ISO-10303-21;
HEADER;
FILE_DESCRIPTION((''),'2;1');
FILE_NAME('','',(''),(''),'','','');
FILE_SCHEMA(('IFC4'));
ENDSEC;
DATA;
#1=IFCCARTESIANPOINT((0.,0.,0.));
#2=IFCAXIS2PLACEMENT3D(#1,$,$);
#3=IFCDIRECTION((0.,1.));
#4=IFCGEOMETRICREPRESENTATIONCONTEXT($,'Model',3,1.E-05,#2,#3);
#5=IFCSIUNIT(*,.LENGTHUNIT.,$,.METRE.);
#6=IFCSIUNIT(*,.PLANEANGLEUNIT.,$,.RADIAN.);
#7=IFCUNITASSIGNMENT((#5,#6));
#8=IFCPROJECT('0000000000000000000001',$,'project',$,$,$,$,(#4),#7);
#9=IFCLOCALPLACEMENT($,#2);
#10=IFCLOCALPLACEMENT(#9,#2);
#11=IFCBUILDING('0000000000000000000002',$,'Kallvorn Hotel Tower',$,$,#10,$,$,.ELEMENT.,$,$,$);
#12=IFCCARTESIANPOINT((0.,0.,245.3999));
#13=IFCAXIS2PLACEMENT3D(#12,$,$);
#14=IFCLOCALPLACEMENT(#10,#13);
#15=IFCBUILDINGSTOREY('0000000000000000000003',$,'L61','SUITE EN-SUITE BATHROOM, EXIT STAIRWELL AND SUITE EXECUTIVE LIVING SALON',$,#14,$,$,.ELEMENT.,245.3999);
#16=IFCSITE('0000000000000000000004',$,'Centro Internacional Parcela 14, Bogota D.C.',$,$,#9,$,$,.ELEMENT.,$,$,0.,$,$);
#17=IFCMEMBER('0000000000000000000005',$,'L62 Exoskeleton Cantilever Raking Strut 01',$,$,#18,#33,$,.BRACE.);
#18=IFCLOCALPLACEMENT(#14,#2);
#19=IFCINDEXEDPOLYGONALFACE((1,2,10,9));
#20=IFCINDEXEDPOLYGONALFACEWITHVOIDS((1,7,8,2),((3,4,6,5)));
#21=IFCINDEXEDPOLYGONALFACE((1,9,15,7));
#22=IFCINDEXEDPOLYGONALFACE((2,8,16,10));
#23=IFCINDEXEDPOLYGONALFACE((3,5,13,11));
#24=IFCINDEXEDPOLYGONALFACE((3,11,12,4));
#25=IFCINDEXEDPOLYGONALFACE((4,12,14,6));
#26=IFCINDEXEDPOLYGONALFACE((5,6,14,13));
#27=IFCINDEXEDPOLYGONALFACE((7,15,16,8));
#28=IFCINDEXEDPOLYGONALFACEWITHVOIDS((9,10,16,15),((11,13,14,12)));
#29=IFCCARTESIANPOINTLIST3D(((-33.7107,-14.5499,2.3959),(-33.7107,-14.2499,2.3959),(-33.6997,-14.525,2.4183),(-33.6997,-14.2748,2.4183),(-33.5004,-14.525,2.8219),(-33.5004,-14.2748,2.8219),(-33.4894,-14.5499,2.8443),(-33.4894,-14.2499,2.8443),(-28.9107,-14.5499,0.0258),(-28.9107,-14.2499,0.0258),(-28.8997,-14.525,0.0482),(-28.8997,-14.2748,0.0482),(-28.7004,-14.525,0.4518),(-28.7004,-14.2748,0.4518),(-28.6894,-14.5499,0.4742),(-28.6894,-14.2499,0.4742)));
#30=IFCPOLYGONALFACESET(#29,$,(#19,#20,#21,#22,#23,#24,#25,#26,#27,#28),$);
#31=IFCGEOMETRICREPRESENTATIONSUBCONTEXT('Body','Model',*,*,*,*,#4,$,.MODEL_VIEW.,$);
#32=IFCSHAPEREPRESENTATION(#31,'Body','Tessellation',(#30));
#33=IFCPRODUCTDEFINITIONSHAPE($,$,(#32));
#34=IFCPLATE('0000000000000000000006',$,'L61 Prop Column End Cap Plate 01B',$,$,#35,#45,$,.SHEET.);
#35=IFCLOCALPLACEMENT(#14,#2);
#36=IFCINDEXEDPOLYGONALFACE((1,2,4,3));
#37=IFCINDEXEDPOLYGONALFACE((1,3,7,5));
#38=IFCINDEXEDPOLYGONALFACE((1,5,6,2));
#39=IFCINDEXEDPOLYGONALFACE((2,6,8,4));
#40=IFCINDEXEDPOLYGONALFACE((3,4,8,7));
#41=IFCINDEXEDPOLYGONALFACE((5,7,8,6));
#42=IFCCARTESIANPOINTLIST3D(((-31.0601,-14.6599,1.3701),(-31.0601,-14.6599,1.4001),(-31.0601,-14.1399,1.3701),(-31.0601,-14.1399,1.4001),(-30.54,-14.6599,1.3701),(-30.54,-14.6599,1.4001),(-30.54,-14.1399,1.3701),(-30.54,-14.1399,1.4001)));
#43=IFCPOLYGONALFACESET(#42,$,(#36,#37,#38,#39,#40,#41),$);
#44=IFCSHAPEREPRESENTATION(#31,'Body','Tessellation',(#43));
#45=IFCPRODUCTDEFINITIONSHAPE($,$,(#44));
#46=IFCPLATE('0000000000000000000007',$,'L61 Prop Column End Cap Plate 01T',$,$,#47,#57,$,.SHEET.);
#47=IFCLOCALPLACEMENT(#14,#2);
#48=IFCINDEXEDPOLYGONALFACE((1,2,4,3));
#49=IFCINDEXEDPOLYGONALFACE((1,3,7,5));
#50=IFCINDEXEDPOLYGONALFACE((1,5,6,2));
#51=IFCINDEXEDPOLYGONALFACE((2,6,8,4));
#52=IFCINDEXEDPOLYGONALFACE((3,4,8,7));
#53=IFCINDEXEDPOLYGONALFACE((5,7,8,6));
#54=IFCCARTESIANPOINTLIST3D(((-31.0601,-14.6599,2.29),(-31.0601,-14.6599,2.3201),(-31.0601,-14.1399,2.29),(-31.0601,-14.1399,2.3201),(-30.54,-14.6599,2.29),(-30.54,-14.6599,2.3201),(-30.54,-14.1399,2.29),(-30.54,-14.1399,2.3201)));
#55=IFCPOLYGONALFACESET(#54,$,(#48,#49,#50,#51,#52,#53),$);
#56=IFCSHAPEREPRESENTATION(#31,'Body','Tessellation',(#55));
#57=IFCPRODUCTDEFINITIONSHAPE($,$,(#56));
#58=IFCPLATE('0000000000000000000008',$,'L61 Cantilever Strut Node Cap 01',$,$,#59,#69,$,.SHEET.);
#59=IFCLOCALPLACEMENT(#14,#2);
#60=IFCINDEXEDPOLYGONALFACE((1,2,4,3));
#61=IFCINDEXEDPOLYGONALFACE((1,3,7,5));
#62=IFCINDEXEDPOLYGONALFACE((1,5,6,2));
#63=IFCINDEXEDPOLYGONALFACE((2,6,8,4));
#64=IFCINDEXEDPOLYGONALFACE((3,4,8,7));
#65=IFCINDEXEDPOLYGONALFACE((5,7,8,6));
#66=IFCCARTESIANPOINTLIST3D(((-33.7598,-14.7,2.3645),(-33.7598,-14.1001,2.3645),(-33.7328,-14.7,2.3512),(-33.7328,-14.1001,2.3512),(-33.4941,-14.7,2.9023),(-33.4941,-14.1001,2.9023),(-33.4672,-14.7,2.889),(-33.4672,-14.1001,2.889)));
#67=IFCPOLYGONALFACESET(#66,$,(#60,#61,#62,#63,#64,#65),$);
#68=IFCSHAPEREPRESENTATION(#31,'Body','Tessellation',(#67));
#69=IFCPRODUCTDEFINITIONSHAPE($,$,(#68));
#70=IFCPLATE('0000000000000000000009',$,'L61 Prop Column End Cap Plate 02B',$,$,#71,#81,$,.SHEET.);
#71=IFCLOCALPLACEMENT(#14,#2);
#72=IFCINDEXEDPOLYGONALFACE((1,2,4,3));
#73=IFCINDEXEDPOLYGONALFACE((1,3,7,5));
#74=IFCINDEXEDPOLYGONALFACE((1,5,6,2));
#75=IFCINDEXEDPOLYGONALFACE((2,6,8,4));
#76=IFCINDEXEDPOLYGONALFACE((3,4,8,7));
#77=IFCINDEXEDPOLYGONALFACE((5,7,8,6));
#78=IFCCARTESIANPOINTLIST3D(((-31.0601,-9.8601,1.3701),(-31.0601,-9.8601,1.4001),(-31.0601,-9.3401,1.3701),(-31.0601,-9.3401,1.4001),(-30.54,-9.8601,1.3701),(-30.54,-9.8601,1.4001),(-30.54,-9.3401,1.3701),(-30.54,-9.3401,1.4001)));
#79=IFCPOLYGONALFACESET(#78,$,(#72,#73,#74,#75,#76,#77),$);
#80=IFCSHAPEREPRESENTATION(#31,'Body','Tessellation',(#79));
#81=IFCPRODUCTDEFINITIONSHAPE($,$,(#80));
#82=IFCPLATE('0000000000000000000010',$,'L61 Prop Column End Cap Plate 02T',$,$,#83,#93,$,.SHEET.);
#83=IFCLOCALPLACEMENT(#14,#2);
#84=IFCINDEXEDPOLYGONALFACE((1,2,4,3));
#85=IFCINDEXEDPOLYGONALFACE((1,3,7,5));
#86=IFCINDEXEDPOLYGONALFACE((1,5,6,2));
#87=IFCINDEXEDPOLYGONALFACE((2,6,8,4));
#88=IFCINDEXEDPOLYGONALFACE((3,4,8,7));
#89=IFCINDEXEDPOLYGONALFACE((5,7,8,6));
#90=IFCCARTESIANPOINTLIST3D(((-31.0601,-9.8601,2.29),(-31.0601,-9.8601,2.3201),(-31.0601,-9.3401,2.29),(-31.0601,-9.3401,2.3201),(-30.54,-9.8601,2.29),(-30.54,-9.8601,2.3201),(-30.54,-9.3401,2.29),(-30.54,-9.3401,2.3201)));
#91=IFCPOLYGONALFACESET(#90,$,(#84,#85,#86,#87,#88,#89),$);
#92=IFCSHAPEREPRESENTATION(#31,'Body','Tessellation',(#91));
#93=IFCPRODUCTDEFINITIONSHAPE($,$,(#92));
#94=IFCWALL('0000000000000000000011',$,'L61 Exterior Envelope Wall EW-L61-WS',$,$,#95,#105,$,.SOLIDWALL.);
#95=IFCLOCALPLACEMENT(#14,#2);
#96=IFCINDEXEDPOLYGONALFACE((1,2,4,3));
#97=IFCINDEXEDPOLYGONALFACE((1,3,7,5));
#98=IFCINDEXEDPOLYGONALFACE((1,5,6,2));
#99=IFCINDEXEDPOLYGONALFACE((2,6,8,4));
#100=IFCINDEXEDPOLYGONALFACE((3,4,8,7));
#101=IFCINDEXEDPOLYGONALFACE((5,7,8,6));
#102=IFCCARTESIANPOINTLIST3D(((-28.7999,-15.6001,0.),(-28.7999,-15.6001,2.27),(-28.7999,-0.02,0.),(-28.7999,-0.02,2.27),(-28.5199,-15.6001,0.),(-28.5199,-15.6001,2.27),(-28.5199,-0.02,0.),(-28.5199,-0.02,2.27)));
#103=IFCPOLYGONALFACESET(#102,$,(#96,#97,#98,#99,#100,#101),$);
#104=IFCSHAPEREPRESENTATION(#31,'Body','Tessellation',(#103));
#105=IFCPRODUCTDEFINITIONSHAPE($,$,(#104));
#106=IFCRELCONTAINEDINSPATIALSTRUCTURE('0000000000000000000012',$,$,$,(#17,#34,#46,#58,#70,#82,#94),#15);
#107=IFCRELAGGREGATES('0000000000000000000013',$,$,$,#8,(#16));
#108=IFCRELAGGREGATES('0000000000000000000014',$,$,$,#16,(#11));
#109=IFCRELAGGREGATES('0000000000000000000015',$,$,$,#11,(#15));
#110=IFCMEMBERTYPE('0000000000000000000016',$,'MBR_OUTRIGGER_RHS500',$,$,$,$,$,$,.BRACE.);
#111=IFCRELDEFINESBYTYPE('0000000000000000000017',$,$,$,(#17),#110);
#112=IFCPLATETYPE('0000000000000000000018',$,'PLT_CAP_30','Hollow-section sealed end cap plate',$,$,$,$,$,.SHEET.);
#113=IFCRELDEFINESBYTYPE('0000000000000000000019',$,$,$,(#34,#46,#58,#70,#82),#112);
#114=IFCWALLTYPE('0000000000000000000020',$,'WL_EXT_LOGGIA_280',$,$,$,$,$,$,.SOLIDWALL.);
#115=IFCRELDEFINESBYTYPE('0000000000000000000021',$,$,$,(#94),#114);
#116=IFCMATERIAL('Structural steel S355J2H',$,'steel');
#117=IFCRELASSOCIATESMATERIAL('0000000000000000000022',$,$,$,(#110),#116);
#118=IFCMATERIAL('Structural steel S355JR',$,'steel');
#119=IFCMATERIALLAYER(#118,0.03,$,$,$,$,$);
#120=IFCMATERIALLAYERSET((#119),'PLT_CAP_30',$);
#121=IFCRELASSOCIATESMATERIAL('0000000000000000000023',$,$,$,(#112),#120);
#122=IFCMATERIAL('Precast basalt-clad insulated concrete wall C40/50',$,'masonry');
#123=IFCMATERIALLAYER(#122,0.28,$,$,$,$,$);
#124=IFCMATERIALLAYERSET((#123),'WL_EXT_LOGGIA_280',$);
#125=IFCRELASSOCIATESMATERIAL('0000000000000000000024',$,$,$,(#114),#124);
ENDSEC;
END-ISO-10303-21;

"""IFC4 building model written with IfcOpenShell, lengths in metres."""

from ifc_helpers import new_model, si_unit, direction, frame, frame_2d, origin, origin_2d, place, context, subcontext, project, spatial, polyline, rectangle, hollow_rectangle, outline, extrude, material, layer, layer_set, material_profile, profile_set, type_object, element, save


model = new_model("IFC4")

# Units and contexts
model_context = context("Model", 3, precision=1e-05, world=origin(), true_north=direction((0.0, 1.0)))
body_context = subcontext(model_context, "Body", "Model", "MODEL_VIEW")
ifc_project = project(units=[si_unit("LENGTHUNIT", "METRE"), si_unit("PLANEANGLEUNIT", "RADIAN")], contexts=[model_context])

# Site, building, storey
site_placement = place(None, origin())
site = spatial("IfcSite", under=ifc_project, at=site_placement, Name="Centro Internacional Parcela 14, Bogota D.C.", CompositionType="ELEMENT", RefElevation=0.0)
building_placement = place(site_placement, origin())
building = spatial("IfcBuilding", under=site, at=building_placement, Name="Kallvorn Hotel Tower", CompositionType="ELEMENT")
storey_placement = place(building_placement, frame((0.0, 0.0, 245.3999)))
storey = spatial("IfcBuildingStorey", under=building, at=storey_placement, Name="L61", Description="SUITE EN-SUITE BATHROOM, EXIT STAIRWELL AND SUITE EXECUTIVE LIVING SALON", CompositionType="ELEMENT", Elevation=245.3999)

# Member
ifc_material_1 = material(Name="Structural steel S355J2H", Category="steel")
ifc_material_profile_1 = material_profile(ifc_material_1, hollow_rectangle(XDim=0.3, YDim=0.5, WallThickness=0.0249, at=origin_2d()), Name="RHS 500x300x25")
ifc_profile_set_1 = profile_set([ifc_material_profile_1], Name="Structural steel S355J2H")
member_type = type_object("IfcMemberType", Name="MBR_OUTRIGGER_RHS500", PredefinedType="BRACE", material=ifc_profile_set_1)
member_placement = place(storey_placement, frame((-28.8, -14.3999, 0.25), z_axis=(-0.896651, 0.0, 0.442739), x_axis=(0.0, -1.0, 0.0)))
element("IfcMember", 1, at=member_placement, inside=storey, type_object=member_type, Name="L62 Exoskeleton Cantilever Raking Strut 01", PredefinedType="BRACE", context=body_context, shape_type="SweptSolid", body=[
    extrude(hollow_rectangle(XDim=0.3, YDim=0.5, WallThickness=0.0249, at=origin_2d()), origin(), (0.0, 0.0, 1.0), 5.3533),
])

# Plates
ifc_material_2 = material(Name="Structural steel S355JR", Category="steel")
ifc_layer_1 = layer(ifc_material_2, 0.03)
ifc_layer_set_1 = layer_set([ifc_layer_1], Name="PLT_CAP_30")
plate_type = type_object("IfcPlateType", Name="PLT_CAP_30", Description="Hollow-section sealed end cap plate", PredefinedType="SHEET", material=ifc_layer_set_1)
for number, where, z_axis, x_axis, name in (
    (2, (-30.8, -14.3999, 1.3701), (0.0, 0.0, 1.0), (1.0, 0.0, 0.0), "L61 Prop Column End Cap Plate 01B"),
    (3, (-30.8, -14.3999, 2.29), (0.0, 0.0, 1.0), (1.0, 0.0, 0.0), "L61 Prop Column End Cap Plate 01T"),
):
    element("IfcPlate", number, at=place(storey_placement, frame(where, z_axis=z_axis, x_axis=x_axis)), inside=storey, type_object=plate_type, Name=name, PredefinedType="SHEET", context=body_context, shape_type="SweptSolid", body=[
        extrude(rectangle(XDim=0.52, YDim=0.52, at=origin_2d()), origin(), (0.0, 0.0, 1.0), 0.03),
    ])
plate_placement = place(storey_placement, frame((-33.7598, -14.1001, 2.3645), z_axis=(-0.896614, 0.0, 0.442813), x_axis=(0.0, -1.0, 0.0)))
element("IfcPlate", 4, at=plate_placement, inside=storey, type_object=plate_type, Name="L61 Cantilever Strut Node Cap 01", PredefinedType="SHEET", context=body_context, shape_type="SweptSolid", body=[
    extrude(outline(polyline([(0.0, 0.0), (0.5999, 0.0), (0.5999, 0.5999), (0.0, 0.5999), (0.0, 0.0)])), origin(), (0.0, 0.0, -1.0), 0.03),
])
for number, where, z_axis, x_axis, name in (
    (5, (-30.8, -9.6001, 1.3701), (0.0, 0.0, 1.0), (1.0, 0.0, 0.0), "L61 Prop Column End Cap Plate 02B"),
    (6, (-30.8, -9.6001, 2.29), (0.0, 0.0, 1.0), (1.0, 0.0, 0.0), "L61 Prop Column End Cap Plate 02T"),
):
    element("IfcPlate", number, at=place(storey_placement, frame(where, z_axis=z_axis, x_axis=x_axis)), inside=storey, type_object=plate_type, Name=name, PredefinedType="SHEET", context=body_context, shape_type="SweptSolid", body=[
        extrude(rectangle(XDim=0.52, YDim=0.52, at=origin_2d()), origin(), (0.0, 0.0, 1.0), 0.03),
    ])

# Wall
ifc_material_3 = material(Name="Precast basalt-clad insulated concrete wall C40/50", Category="masonry")
ifc_layer_2 = layer(ifc_material_3, 0.28)
ifc_layer_set_2 = layer_set([ifc_layer_2], Name="WL_EXT_LOGGIA_280")
wall_type = type_object("IfcWallType", Name="WL_EXT_LOGGIA_280", PredefinedType="SOLIDWALL", material=ifc_layer_set_2)
wall_placement = place(storey_placement, frame((-28.6599, -15.6001, 0.0), z_axis=(0.0, 0.0, 1.0), x_axis=(0.0, 1.0, 0.0)))
element("IfcWall", 7, at=wall_placement, inside=storey, type_object=wall_type, Name="L61 Exterior Envelope Wall EW-L61-WS", PredefinedType="SOLIDWALL", context=body_context, shape_type="SweptSolid", body=[
    extrude(rectangle(XDim=15.5801, YDim=0.28, at=frame_2d((7.79, 0.0))), origin(), (0.0, 0.0, 1.0), 2.27),
])

save(model, "model.ifc")
